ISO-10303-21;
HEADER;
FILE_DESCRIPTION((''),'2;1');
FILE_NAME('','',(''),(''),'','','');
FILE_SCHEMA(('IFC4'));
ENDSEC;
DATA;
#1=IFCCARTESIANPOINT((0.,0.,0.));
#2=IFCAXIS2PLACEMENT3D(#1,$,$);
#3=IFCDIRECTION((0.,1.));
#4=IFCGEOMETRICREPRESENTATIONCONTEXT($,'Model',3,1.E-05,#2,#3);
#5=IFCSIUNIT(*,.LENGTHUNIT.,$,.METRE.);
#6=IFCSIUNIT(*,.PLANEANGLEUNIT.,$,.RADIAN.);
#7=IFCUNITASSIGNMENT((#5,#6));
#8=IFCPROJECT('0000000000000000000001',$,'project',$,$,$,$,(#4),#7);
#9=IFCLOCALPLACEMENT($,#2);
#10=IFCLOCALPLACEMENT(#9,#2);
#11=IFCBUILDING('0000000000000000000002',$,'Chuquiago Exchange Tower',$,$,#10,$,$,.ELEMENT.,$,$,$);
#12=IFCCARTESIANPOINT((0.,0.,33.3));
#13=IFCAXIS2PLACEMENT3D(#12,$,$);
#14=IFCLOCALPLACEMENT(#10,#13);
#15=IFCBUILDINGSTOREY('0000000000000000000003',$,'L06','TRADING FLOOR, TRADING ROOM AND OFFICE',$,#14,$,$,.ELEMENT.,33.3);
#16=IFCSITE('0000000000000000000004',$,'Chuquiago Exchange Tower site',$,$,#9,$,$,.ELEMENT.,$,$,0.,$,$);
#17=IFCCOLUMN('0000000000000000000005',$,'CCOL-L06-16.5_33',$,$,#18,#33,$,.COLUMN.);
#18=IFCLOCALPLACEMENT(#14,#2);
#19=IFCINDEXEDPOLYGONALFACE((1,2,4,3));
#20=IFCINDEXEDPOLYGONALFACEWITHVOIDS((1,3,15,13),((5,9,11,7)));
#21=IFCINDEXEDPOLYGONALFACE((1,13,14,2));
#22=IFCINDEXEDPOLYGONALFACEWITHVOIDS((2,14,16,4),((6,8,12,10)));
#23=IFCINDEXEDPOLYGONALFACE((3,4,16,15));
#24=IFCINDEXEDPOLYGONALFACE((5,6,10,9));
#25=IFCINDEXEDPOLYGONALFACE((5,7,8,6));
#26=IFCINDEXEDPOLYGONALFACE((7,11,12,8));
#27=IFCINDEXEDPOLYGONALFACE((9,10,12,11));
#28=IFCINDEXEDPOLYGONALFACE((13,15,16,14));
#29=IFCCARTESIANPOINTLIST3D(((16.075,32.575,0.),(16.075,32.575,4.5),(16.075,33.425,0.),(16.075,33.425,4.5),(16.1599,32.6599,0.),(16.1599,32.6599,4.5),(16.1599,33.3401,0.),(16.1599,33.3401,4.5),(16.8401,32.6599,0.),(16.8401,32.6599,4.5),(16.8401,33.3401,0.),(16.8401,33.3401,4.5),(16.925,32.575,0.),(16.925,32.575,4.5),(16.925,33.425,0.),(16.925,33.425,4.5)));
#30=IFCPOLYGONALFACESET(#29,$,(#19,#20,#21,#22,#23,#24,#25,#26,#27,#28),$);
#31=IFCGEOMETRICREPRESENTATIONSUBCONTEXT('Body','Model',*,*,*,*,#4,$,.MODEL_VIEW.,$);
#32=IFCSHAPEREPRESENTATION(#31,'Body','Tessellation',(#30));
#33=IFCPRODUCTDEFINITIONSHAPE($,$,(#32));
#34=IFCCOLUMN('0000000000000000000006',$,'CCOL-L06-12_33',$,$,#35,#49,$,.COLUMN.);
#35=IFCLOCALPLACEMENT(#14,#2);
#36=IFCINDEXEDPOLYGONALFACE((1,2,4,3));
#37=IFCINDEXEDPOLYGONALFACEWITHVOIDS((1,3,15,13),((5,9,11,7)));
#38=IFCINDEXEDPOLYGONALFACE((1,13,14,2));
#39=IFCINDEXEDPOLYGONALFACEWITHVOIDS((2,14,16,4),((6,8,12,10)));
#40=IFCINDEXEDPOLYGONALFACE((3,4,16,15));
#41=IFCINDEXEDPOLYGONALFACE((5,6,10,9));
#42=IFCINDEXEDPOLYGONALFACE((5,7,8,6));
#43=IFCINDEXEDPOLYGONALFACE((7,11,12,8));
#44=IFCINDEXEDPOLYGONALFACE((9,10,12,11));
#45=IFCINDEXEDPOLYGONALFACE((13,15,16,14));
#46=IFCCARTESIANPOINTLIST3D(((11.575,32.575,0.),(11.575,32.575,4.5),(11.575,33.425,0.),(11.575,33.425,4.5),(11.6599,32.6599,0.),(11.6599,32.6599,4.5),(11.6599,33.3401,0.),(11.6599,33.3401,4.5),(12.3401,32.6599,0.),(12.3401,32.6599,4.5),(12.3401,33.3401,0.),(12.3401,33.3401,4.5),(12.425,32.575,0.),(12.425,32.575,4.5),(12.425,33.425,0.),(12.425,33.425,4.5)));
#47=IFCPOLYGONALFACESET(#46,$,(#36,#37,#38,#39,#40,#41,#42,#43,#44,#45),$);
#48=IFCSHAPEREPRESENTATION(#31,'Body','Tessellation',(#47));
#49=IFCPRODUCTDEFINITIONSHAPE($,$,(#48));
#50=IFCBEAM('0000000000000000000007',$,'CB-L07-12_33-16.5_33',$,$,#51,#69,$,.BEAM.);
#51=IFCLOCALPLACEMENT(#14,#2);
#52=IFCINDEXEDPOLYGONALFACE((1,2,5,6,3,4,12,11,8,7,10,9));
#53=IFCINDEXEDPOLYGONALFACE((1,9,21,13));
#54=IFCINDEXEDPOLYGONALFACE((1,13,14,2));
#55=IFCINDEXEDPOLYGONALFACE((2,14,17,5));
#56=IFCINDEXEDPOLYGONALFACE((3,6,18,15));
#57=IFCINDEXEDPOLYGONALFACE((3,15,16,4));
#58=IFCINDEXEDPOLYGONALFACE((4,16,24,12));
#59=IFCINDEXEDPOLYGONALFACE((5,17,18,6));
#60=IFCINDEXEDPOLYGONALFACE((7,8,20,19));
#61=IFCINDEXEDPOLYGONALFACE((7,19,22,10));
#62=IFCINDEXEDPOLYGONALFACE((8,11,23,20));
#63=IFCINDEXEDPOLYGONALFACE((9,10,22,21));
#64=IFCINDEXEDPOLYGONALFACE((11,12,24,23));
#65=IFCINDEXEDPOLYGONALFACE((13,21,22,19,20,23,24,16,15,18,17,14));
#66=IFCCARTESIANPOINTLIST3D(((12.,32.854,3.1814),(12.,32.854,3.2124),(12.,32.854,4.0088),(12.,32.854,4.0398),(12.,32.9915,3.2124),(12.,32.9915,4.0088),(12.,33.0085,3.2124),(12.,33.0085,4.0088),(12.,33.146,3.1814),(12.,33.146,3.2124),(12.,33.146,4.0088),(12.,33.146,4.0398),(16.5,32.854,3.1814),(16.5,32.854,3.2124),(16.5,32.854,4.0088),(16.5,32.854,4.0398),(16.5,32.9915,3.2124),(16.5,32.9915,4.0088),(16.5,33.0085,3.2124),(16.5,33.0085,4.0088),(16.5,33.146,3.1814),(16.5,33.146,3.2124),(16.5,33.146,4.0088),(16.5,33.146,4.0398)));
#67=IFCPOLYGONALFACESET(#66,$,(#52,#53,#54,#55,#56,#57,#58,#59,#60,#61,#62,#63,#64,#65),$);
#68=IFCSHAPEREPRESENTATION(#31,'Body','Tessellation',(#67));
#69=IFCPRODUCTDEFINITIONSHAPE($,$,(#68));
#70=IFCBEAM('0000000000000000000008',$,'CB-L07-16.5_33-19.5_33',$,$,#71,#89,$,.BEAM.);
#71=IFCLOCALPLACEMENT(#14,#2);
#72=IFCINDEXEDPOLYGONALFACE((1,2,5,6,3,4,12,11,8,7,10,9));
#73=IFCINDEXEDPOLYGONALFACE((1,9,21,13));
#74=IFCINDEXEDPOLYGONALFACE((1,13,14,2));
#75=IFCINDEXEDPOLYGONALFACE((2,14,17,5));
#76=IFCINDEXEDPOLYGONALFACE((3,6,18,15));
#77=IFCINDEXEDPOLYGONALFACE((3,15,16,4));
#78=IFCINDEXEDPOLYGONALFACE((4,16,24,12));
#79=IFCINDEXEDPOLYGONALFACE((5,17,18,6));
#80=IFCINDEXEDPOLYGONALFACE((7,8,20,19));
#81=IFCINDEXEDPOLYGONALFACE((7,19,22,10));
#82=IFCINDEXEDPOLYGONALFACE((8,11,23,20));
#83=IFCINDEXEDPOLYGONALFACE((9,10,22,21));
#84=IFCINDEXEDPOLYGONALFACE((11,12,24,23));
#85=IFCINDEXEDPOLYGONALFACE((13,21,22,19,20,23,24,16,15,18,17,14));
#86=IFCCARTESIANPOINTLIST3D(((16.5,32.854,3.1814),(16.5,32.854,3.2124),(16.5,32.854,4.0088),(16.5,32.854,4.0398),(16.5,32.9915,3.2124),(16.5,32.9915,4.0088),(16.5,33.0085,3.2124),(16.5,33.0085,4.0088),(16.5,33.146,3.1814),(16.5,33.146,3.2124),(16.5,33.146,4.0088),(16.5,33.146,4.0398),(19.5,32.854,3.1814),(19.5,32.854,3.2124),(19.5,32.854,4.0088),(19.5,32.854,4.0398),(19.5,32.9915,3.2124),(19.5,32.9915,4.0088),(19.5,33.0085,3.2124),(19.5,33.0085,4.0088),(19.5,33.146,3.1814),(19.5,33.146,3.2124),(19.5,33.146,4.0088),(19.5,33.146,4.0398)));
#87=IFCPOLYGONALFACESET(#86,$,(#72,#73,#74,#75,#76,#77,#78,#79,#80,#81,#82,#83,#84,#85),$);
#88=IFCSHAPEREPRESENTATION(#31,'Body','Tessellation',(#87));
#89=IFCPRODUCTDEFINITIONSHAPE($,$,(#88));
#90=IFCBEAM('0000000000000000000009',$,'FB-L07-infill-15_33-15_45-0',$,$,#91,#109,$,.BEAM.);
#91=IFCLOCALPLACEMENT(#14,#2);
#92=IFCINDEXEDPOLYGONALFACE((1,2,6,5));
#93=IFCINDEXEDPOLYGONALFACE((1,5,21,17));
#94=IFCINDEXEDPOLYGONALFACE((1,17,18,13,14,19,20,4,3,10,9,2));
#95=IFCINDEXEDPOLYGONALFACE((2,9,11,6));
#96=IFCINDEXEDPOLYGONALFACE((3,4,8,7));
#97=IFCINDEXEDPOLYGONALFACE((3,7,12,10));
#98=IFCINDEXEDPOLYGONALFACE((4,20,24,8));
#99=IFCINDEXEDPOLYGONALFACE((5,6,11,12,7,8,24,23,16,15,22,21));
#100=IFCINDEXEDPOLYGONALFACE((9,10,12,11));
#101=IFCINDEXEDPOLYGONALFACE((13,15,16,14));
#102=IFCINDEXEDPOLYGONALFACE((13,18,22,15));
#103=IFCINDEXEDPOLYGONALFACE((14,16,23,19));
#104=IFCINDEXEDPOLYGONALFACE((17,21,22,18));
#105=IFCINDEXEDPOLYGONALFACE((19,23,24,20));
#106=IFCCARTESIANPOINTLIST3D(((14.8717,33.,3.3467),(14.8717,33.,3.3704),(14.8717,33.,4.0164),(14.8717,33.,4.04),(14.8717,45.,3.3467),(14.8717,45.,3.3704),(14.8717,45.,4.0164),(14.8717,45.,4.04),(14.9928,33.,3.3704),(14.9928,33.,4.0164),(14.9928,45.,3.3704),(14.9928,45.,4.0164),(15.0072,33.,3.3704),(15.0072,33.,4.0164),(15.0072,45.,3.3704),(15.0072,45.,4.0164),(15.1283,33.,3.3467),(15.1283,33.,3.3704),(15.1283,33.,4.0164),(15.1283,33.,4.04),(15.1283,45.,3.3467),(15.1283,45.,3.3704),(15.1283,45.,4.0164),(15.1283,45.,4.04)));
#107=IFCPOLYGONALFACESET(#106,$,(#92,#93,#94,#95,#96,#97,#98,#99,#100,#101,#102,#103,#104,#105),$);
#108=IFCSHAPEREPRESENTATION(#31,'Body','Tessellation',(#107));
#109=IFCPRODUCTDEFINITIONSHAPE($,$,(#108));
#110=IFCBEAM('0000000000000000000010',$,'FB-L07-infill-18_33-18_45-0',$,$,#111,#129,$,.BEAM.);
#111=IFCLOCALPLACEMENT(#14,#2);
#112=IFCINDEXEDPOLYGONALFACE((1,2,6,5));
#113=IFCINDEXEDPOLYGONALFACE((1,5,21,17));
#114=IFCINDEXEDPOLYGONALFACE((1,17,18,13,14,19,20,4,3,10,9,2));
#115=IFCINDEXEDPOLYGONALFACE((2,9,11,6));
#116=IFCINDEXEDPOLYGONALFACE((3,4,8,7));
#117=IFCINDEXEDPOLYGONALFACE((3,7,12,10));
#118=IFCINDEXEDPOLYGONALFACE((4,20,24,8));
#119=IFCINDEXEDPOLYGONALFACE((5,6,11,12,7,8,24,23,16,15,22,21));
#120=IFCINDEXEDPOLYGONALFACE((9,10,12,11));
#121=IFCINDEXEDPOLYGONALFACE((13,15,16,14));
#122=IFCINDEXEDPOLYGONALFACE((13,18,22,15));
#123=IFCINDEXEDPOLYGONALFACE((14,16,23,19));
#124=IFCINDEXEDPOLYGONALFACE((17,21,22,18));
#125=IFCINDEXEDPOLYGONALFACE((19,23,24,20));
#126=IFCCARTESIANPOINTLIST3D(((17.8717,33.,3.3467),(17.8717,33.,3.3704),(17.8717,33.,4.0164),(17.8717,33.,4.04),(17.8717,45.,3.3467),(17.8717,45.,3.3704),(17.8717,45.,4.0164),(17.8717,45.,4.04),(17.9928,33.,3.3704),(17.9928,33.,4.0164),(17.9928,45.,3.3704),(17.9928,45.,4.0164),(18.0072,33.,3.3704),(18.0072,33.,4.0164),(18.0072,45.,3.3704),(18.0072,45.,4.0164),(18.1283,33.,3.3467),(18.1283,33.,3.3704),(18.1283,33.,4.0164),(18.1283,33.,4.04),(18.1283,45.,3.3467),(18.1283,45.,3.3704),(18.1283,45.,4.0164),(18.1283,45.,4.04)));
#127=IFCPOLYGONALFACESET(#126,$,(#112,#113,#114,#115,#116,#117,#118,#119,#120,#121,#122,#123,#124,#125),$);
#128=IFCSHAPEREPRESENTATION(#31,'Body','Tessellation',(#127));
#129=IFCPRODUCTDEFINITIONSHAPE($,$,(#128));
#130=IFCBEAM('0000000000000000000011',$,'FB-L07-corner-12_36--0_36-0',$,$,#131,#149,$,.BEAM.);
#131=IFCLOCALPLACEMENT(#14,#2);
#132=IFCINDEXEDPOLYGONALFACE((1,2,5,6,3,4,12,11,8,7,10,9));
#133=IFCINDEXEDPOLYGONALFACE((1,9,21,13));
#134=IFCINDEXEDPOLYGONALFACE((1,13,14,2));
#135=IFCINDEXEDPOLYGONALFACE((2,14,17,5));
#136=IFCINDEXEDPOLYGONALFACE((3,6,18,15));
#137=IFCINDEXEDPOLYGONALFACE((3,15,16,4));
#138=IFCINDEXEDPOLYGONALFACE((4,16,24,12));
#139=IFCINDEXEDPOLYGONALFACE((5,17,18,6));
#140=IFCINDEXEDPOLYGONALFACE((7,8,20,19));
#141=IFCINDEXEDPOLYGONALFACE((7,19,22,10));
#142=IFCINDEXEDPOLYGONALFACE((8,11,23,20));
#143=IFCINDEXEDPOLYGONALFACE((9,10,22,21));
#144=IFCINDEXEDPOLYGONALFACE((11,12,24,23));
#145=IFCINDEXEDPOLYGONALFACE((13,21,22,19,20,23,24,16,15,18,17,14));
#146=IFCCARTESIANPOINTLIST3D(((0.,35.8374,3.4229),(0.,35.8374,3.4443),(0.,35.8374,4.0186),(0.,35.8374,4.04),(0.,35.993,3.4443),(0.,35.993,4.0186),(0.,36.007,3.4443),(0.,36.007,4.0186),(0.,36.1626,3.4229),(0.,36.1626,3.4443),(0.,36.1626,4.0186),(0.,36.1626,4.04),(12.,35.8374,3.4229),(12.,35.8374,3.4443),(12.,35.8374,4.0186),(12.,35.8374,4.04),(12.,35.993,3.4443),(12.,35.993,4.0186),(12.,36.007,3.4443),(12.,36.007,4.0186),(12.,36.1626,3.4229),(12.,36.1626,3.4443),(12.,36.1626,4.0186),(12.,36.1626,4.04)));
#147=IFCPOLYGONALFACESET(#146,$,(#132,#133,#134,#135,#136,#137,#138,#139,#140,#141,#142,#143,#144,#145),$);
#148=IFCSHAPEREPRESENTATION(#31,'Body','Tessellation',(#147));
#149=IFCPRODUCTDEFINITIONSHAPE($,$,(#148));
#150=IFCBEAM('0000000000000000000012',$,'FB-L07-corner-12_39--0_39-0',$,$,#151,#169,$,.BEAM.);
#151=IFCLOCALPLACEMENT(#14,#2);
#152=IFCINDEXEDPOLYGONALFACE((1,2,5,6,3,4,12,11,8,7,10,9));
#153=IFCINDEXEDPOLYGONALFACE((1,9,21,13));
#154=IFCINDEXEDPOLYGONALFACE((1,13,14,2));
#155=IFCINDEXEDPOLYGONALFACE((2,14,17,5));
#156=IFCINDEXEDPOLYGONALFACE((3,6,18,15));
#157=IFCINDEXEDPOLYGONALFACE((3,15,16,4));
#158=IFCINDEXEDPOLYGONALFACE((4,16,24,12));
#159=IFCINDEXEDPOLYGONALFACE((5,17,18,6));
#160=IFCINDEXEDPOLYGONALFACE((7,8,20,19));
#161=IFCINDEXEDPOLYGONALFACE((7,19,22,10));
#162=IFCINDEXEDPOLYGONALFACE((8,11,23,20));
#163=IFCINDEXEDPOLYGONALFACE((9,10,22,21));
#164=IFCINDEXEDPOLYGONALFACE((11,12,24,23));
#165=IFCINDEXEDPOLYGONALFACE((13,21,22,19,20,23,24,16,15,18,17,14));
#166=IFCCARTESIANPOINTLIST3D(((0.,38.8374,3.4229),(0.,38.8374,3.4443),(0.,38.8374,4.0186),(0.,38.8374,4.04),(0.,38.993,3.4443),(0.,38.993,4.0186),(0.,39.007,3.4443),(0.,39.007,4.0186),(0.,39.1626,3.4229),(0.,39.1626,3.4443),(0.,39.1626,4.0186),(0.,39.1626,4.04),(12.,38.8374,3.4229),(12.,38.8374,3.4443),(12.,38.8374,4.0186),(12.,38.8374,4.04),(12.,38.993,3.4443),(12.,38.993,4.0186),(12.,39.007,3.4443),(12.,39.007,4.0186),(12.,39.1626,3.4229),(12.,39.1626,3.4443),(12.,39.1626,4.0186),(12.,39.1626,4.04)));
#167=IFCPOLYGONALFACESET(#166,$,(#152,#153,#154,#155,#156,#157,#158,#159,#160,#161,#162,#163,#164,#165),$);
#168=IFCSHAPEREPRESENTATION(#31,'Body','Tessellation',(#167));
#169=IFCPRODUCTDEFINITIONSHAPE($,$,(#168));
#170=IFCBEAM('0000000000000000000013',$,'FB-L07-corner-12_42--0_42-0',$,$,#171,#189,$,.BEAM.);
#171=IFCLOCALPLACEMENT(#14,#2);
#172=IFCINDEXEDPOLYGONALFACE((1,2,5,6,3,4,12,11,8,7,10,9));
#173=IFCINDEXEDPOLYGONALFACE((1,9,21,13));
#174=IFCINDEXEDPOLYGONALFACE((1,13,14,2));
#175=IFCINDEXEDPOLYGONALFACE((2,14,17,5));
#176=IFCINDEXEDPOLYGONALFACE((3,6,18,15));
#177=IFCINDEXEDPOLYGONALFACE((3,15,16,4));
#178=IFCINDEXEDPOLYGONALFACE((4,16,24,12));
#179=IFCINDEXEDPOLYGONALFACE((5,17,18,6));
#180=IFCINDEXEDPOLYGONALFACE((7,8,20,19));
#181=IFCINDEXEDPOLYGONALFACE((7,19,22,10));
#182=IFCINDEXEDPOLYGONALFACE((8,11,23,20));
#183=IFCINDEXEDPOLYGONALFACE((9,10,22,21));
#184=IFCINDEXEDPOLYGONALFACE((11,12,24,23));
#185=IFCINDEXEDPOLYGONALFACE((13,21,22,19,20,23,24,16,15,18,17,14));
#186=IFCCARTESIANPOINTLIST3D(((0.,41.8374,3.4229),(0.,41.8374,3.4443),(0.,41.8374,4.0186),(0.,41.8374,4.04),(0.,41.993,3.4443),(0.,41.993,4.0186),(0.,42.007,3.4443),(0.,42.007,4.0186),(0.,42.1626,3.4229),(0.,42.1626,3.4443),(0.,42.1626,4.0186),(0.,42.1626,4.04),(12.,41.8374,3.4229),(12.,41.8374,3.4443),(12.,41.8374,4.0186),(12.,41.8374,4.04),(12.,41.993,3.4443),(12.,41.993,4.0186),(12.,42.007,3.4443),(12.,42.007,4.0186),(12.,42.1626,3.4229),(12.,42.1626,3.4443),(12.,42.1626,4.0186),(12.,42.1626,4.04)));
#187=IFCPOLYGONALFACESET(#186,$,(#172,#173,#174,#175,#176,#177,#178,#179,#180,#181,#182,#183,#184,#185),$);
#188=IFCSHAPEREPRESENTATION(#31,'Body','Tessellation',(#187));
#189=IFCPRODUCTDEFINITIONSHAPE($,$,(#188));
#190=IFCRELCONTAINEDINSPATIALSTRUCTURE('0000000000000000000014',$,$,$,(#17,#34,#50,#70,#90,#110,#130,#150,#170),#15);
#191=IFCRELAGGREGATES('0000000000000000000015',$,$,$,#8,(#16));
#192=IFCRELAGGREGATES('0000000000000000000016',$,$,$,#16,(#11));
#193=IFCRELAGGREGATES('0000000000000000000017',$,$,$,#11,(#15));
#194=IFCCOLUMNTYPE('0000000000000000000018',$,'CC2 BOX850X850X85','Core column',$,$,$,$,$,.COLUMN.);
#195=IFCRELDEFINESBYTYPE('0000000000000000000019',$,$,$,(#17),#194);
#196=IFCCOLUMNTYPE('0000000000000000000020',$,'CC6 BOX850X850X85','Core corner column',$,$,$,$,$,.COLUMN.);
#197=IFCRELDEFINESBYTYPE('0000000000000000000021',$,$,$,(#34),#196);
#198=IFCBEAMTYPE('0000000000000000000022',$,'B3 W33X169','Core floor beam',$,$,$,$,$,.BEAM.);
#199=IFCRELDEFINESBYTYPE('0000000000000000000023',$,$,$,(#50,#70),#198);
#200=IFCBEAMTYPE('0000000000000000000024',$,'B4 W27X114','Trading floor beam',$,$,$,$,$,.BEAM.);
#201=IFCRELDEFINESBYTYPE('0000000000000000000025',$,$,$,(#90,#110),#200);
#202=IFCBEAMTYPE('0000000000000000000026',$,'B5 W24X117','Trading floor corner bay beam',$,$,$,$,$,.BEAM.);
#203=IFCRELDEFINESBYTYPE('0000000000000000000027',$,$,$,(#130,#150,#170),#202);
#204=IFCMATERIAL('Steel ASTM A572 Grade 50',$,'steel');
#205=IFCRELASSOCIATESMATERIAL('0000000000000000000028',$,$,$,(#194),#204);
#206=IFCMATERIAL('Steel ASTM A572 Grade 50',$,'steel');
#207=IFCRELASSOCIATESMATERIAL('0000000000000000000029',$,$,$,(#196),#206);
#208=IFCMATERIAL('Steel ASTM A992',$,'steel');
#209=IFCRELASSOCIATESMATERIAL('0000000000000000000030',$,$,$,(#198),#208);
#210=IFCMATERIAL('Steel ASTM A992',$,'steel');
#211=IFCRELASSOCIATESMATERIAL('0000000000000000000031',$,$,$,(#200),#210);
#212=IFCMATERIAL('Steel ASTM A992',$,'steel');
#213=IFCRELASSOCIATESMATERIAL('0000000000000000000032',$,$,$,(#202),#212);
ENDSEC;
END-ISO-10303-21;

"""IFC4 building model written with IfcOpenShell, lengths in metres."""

from ifc_helpers import new_model, si_unit, direction, frame, origin, origin_2d, place, context, subcontext, project, spatial, hollow_rectangle, i_section, extrude, material, material_profile, profile_set, type_object, element, save


model = new_model("IFC4")

# Units and contexts
model_context = context("Model", 3, precision=1e-05, world=origin(), true_north=direction((0.0, 1.0)))
body_context = subcontext(model_context, "Body", "Model", "MODEL_VIEW")
ifc_project = project(units=[si_unit("LENGTHUNIT", "METRE"), si_unit("PLANEANGLEUNIT", "RADIAN")], contexts=[model_context])

# Site, building, storey
site_placement = place(None, origin())
site = spatial("IfcSite", under=ifc_project, at=site_placement, Name="Chuquiago Exchange Tower site", CompositionType="ELEMENT", RefElevation=0.0)
building_placement = place(site_placement, origin())
building = spatial("IfcBuilding", under=site, at=building_placement, Name="Chuquiago Exchange Tower", CompositionType="ELEMENT")
storey_placement = place(building_placement, frame((0.0, 0.0, 33.3)))
storey = spatial("IfcBuildingStorey", under=building, at=storey_placement, Name="L06", Description="TRADING FLOOR, TRADING ROOM AND OFFICE", CompositionType="ELEMENT", Elevation=33.3)

# Columns
ifc_material_1 = material(Name="Steel ASTM A572 Grade 50", Category="steel")
ifc_material_profile_1 = material_profile(ifc_material_1, hollow_rectangle(XDim=0.8501, YDim=0.8501, WallThickness=0.085, at=origin_2d()), Name="BOX850X850X85")
ifc_profile_set_1 = profile_set([ifc_material_profile_1], Name="Steel ASTM A572 Grade 50")
column_type_1 = type_object("IfcColumnType", Name="CC2 BOX850X850X85", Description="Core column", PredefinedType="COLUMN", material=ifc_profile_set_1)
column_1_placement = place(storey_placement, frame((16.5, 33.0, 0.0), z_axis=(0.0, 0.0, 1.0), x_axis=(1.0, 0.0, 0.0)))
element("IfcColumn", 1, at=column_1_placement, inside=storey, type_object=column_type_1, Name="CCOL-L06-16.5_33", PredefinedType="COLUMN", context=body_context, shape_type="SweptSolid", body=[
    extrude(hollow_rectangle(XDim=0.8501, YDim=0.8501, WallThickness=0.085, at=origin_2d()), origin(), (0.0, 0.0, 1.0), 4.5),
])
ifc_material_2 = material(Name="Steel ASTM A572 Grade 50", Category="steel")
ifc_material_profile_2 = material_profile(ifc_material_2, hollow_rectangle(XDim=0.8501, YDim=0.8501, WallThickness=0.085, at=origin_2d()), Name="BOX850X850X85")
ifc_profile_set_2 = profile_set([ifc_material_profile_2], Name="Steel ASTM A572 Grade 50")
column_type_2 = type_object("IfcColumnType", Name="CC6 BOX850X850X85", Description="Core corner column", PredefinedType="COLUMN", material=ifc_profile_set_2)
column_2_placement = place(storey_placement, frame((12.0, 33.0, 0.0), z_axis=(0.0, 0.0, 1.0), x_axis=(1.0, 0.0, 0.0)))
element("IfcColumn", 2, at=column_2_placement, inside=storey, type_object=column_type_2, Name="CCOL-L06-12_33", PredefinedType="COLUMN", context=body_context, shape_type="SweptSolid", body=[
    extrude(hollow_rectangle(XDim=0.8501, YDim=0.8501, WallThickness=0.085, at=origin_2d()), origin(), (0.0, 0.0, 1.0), 4.5),
])

# Beams
ifc_material_3 = material(Name="Steel ASTM A992", Category="steel")
ifc_material_profile_3 = material_profile(ifc_material_3, i_section(OverallWidth=0.292, OverallDepth=0.8584, WebThickness=0.0171, FlangeThickness=0.031, at=origin_2d()), Name="W33X169")
ifc_profile_set_3 = profile_set([ifc_material_profile_3], Name="Steel ASTM A992")
beam_type_1 = type_object("IfcBeamType", Name="B3 W33X169", Description="Core floor beam", PredefinedType="BEAM", material=ifc_profile_set_3)
beam_1_placement = place(storey_placement, frame((12.0, 33.0, 3.6106), z_axis=(1.0, 0.0, 0.0), x_axis=(0.0, 1.0, 0.0)))
element("IfcBeam", 3, at=beam_1_placement, inside=storey, type_object=beam_type_1, Name="CB-L07-12_33-16.5_33", PredefinedType="BEAM", context=body_context, shape_type="SweptSolid", body=[
    extrude(i_section(OverallWidth=0.292, OverallDepth=0.8584, WebThickness=0.0171, FlangeThickness=0.031, at=origin_2d()), origin(), (0.0, 0.0, 1.0), 4.5),
])
beam_2_placement = place(storey_placement, frame((16.5, 33.0, 3.6106), z_axis=(1.0, 0.0, 0.0), x_axis=(0.0, 1.0, 0.0)))
element("IfcBeam", 4, at=beam_2_placement, inside=storey, type_object=beam_type_1, Name="CB-L07-16.5_33-19.5_33", PredefinedType="BEAM", context=body_context, shape_type="SweptSolid", body=[
    extrude(i_section(OverallWidth=0.292, OverallDepth=0.8584, WebThickness=0.0171, FlangeThickness=0.031, at=origin_2d()), origin(), (0.0, 0.0, 1.0), 3.0),
])
ifc_material_4 = material(Name="Steel ASTM A992", Category="steel")
ifc_material_profile_4 = material_profile(ifc_material_4, i_section(OverallWidth=0.2566, OverallDepth=0.6934, WebThickness=0.0144, FlangeThickness=0.0237, at=origin_2d()), Name="W27X114")
ifc_profile_set_4 = profile_set([ifc_material_profile_4], Name="Steel ASTM A992")
beam_type_2 = type_object("IfcBeamType", Name="B4 W27X114", Description="Trading floor beam", PredefinedType="BEAM", material=ifc_profile_set_4)
for number, where, z_axis, x_axis, name in (
    (5, (15.0, 33.0, 3.6934), (0.0, 1.0, 0.0), (-1.0, 0.0, 0.0), "FB-L07-infill-15_33-15_45-0"),
    (6, (18.0, 33.0, 3.6934), (0.0, 1.0, 0.0), (-1.0, 0.0, 0.0), "FB-L07-infill-18_33-18_45-0"),
):
    element("IfcBeam", number, at=place(storey_placement, frame(where, z_axis=z_axis, x_axis=x_axis)), inside=storey, type_object=beam_type_2, Name=name, PredefinedType="BEAM", context=body_context, shape_type="SweptSolid", body=[
        extrude(i_section(OverallWidth=0.2566, OverallDepth=0.6934, WebThickness=0.0144, FlangeThickness=0.0237, at=origin_2d()), origin(), (0.0, 0.0, 1.0), 12.0),
    ])
ifc_material_5 = material(Name="Steel ASTM A992", Category="steel")
ifc_material_profile_5 = material_profile(ifc_material_5, i_section(OverallWidth=0.3252, OverallDepth=0.6172, WebThickness=0.0139, FlangeThickness=0.0215, at=origin_2d()), Name="W24X117")
ifc_profile_set_5 = profile_set([ifc_material_profile_5], Name="Steel ASTM A992")
beam_type_3 = type_object("IfcBeamType", Name="B5 W24X117", Description="Trading floor corner bay beam", PredefinedType="BEAM", material=ifc_profile_set_5)
for number, where, z_axis, x_axis, name in (
    (7, (12.0, 36.0, 3.7314), (-1.0, 0.0, 0.0), (0.0, -1.0, 0.0), "FB-L07-corner-12_36--0_36-0"),
    (8, (12.0, 39.0, 3.7314), (-1.0, 0.0, 0.0), (0.0, -1.0, 0.0), "FB-L07-corner-12_39--0_39-0"),
    (9, (12.0, 42.0, 3.7314), (-1.0, 0.0, 0.0), (0.0, -1.0, 0.0), "FB-L07-corner-12_42--0_42-0"),
):
    element("IfcBeam", number, at=place(storey_placement, frame(where, z_axis=z_axis, x_axis=x_axis)), inside=storey, type_object=beam_type_3, Name=name, PredefinedType="BEAM", context=body_context, shape_type="SweptSolid", body=[
        extrude(i_section(OverallWidth=0.3252, OverallDepth=0.6172, WebThickness=0.0139, FlangeThickness=0.0215, at=origin_2d()), origin(), (0.0, 0.0, 1.0), 12.0),
    ])

save(model, "model.ifc")
